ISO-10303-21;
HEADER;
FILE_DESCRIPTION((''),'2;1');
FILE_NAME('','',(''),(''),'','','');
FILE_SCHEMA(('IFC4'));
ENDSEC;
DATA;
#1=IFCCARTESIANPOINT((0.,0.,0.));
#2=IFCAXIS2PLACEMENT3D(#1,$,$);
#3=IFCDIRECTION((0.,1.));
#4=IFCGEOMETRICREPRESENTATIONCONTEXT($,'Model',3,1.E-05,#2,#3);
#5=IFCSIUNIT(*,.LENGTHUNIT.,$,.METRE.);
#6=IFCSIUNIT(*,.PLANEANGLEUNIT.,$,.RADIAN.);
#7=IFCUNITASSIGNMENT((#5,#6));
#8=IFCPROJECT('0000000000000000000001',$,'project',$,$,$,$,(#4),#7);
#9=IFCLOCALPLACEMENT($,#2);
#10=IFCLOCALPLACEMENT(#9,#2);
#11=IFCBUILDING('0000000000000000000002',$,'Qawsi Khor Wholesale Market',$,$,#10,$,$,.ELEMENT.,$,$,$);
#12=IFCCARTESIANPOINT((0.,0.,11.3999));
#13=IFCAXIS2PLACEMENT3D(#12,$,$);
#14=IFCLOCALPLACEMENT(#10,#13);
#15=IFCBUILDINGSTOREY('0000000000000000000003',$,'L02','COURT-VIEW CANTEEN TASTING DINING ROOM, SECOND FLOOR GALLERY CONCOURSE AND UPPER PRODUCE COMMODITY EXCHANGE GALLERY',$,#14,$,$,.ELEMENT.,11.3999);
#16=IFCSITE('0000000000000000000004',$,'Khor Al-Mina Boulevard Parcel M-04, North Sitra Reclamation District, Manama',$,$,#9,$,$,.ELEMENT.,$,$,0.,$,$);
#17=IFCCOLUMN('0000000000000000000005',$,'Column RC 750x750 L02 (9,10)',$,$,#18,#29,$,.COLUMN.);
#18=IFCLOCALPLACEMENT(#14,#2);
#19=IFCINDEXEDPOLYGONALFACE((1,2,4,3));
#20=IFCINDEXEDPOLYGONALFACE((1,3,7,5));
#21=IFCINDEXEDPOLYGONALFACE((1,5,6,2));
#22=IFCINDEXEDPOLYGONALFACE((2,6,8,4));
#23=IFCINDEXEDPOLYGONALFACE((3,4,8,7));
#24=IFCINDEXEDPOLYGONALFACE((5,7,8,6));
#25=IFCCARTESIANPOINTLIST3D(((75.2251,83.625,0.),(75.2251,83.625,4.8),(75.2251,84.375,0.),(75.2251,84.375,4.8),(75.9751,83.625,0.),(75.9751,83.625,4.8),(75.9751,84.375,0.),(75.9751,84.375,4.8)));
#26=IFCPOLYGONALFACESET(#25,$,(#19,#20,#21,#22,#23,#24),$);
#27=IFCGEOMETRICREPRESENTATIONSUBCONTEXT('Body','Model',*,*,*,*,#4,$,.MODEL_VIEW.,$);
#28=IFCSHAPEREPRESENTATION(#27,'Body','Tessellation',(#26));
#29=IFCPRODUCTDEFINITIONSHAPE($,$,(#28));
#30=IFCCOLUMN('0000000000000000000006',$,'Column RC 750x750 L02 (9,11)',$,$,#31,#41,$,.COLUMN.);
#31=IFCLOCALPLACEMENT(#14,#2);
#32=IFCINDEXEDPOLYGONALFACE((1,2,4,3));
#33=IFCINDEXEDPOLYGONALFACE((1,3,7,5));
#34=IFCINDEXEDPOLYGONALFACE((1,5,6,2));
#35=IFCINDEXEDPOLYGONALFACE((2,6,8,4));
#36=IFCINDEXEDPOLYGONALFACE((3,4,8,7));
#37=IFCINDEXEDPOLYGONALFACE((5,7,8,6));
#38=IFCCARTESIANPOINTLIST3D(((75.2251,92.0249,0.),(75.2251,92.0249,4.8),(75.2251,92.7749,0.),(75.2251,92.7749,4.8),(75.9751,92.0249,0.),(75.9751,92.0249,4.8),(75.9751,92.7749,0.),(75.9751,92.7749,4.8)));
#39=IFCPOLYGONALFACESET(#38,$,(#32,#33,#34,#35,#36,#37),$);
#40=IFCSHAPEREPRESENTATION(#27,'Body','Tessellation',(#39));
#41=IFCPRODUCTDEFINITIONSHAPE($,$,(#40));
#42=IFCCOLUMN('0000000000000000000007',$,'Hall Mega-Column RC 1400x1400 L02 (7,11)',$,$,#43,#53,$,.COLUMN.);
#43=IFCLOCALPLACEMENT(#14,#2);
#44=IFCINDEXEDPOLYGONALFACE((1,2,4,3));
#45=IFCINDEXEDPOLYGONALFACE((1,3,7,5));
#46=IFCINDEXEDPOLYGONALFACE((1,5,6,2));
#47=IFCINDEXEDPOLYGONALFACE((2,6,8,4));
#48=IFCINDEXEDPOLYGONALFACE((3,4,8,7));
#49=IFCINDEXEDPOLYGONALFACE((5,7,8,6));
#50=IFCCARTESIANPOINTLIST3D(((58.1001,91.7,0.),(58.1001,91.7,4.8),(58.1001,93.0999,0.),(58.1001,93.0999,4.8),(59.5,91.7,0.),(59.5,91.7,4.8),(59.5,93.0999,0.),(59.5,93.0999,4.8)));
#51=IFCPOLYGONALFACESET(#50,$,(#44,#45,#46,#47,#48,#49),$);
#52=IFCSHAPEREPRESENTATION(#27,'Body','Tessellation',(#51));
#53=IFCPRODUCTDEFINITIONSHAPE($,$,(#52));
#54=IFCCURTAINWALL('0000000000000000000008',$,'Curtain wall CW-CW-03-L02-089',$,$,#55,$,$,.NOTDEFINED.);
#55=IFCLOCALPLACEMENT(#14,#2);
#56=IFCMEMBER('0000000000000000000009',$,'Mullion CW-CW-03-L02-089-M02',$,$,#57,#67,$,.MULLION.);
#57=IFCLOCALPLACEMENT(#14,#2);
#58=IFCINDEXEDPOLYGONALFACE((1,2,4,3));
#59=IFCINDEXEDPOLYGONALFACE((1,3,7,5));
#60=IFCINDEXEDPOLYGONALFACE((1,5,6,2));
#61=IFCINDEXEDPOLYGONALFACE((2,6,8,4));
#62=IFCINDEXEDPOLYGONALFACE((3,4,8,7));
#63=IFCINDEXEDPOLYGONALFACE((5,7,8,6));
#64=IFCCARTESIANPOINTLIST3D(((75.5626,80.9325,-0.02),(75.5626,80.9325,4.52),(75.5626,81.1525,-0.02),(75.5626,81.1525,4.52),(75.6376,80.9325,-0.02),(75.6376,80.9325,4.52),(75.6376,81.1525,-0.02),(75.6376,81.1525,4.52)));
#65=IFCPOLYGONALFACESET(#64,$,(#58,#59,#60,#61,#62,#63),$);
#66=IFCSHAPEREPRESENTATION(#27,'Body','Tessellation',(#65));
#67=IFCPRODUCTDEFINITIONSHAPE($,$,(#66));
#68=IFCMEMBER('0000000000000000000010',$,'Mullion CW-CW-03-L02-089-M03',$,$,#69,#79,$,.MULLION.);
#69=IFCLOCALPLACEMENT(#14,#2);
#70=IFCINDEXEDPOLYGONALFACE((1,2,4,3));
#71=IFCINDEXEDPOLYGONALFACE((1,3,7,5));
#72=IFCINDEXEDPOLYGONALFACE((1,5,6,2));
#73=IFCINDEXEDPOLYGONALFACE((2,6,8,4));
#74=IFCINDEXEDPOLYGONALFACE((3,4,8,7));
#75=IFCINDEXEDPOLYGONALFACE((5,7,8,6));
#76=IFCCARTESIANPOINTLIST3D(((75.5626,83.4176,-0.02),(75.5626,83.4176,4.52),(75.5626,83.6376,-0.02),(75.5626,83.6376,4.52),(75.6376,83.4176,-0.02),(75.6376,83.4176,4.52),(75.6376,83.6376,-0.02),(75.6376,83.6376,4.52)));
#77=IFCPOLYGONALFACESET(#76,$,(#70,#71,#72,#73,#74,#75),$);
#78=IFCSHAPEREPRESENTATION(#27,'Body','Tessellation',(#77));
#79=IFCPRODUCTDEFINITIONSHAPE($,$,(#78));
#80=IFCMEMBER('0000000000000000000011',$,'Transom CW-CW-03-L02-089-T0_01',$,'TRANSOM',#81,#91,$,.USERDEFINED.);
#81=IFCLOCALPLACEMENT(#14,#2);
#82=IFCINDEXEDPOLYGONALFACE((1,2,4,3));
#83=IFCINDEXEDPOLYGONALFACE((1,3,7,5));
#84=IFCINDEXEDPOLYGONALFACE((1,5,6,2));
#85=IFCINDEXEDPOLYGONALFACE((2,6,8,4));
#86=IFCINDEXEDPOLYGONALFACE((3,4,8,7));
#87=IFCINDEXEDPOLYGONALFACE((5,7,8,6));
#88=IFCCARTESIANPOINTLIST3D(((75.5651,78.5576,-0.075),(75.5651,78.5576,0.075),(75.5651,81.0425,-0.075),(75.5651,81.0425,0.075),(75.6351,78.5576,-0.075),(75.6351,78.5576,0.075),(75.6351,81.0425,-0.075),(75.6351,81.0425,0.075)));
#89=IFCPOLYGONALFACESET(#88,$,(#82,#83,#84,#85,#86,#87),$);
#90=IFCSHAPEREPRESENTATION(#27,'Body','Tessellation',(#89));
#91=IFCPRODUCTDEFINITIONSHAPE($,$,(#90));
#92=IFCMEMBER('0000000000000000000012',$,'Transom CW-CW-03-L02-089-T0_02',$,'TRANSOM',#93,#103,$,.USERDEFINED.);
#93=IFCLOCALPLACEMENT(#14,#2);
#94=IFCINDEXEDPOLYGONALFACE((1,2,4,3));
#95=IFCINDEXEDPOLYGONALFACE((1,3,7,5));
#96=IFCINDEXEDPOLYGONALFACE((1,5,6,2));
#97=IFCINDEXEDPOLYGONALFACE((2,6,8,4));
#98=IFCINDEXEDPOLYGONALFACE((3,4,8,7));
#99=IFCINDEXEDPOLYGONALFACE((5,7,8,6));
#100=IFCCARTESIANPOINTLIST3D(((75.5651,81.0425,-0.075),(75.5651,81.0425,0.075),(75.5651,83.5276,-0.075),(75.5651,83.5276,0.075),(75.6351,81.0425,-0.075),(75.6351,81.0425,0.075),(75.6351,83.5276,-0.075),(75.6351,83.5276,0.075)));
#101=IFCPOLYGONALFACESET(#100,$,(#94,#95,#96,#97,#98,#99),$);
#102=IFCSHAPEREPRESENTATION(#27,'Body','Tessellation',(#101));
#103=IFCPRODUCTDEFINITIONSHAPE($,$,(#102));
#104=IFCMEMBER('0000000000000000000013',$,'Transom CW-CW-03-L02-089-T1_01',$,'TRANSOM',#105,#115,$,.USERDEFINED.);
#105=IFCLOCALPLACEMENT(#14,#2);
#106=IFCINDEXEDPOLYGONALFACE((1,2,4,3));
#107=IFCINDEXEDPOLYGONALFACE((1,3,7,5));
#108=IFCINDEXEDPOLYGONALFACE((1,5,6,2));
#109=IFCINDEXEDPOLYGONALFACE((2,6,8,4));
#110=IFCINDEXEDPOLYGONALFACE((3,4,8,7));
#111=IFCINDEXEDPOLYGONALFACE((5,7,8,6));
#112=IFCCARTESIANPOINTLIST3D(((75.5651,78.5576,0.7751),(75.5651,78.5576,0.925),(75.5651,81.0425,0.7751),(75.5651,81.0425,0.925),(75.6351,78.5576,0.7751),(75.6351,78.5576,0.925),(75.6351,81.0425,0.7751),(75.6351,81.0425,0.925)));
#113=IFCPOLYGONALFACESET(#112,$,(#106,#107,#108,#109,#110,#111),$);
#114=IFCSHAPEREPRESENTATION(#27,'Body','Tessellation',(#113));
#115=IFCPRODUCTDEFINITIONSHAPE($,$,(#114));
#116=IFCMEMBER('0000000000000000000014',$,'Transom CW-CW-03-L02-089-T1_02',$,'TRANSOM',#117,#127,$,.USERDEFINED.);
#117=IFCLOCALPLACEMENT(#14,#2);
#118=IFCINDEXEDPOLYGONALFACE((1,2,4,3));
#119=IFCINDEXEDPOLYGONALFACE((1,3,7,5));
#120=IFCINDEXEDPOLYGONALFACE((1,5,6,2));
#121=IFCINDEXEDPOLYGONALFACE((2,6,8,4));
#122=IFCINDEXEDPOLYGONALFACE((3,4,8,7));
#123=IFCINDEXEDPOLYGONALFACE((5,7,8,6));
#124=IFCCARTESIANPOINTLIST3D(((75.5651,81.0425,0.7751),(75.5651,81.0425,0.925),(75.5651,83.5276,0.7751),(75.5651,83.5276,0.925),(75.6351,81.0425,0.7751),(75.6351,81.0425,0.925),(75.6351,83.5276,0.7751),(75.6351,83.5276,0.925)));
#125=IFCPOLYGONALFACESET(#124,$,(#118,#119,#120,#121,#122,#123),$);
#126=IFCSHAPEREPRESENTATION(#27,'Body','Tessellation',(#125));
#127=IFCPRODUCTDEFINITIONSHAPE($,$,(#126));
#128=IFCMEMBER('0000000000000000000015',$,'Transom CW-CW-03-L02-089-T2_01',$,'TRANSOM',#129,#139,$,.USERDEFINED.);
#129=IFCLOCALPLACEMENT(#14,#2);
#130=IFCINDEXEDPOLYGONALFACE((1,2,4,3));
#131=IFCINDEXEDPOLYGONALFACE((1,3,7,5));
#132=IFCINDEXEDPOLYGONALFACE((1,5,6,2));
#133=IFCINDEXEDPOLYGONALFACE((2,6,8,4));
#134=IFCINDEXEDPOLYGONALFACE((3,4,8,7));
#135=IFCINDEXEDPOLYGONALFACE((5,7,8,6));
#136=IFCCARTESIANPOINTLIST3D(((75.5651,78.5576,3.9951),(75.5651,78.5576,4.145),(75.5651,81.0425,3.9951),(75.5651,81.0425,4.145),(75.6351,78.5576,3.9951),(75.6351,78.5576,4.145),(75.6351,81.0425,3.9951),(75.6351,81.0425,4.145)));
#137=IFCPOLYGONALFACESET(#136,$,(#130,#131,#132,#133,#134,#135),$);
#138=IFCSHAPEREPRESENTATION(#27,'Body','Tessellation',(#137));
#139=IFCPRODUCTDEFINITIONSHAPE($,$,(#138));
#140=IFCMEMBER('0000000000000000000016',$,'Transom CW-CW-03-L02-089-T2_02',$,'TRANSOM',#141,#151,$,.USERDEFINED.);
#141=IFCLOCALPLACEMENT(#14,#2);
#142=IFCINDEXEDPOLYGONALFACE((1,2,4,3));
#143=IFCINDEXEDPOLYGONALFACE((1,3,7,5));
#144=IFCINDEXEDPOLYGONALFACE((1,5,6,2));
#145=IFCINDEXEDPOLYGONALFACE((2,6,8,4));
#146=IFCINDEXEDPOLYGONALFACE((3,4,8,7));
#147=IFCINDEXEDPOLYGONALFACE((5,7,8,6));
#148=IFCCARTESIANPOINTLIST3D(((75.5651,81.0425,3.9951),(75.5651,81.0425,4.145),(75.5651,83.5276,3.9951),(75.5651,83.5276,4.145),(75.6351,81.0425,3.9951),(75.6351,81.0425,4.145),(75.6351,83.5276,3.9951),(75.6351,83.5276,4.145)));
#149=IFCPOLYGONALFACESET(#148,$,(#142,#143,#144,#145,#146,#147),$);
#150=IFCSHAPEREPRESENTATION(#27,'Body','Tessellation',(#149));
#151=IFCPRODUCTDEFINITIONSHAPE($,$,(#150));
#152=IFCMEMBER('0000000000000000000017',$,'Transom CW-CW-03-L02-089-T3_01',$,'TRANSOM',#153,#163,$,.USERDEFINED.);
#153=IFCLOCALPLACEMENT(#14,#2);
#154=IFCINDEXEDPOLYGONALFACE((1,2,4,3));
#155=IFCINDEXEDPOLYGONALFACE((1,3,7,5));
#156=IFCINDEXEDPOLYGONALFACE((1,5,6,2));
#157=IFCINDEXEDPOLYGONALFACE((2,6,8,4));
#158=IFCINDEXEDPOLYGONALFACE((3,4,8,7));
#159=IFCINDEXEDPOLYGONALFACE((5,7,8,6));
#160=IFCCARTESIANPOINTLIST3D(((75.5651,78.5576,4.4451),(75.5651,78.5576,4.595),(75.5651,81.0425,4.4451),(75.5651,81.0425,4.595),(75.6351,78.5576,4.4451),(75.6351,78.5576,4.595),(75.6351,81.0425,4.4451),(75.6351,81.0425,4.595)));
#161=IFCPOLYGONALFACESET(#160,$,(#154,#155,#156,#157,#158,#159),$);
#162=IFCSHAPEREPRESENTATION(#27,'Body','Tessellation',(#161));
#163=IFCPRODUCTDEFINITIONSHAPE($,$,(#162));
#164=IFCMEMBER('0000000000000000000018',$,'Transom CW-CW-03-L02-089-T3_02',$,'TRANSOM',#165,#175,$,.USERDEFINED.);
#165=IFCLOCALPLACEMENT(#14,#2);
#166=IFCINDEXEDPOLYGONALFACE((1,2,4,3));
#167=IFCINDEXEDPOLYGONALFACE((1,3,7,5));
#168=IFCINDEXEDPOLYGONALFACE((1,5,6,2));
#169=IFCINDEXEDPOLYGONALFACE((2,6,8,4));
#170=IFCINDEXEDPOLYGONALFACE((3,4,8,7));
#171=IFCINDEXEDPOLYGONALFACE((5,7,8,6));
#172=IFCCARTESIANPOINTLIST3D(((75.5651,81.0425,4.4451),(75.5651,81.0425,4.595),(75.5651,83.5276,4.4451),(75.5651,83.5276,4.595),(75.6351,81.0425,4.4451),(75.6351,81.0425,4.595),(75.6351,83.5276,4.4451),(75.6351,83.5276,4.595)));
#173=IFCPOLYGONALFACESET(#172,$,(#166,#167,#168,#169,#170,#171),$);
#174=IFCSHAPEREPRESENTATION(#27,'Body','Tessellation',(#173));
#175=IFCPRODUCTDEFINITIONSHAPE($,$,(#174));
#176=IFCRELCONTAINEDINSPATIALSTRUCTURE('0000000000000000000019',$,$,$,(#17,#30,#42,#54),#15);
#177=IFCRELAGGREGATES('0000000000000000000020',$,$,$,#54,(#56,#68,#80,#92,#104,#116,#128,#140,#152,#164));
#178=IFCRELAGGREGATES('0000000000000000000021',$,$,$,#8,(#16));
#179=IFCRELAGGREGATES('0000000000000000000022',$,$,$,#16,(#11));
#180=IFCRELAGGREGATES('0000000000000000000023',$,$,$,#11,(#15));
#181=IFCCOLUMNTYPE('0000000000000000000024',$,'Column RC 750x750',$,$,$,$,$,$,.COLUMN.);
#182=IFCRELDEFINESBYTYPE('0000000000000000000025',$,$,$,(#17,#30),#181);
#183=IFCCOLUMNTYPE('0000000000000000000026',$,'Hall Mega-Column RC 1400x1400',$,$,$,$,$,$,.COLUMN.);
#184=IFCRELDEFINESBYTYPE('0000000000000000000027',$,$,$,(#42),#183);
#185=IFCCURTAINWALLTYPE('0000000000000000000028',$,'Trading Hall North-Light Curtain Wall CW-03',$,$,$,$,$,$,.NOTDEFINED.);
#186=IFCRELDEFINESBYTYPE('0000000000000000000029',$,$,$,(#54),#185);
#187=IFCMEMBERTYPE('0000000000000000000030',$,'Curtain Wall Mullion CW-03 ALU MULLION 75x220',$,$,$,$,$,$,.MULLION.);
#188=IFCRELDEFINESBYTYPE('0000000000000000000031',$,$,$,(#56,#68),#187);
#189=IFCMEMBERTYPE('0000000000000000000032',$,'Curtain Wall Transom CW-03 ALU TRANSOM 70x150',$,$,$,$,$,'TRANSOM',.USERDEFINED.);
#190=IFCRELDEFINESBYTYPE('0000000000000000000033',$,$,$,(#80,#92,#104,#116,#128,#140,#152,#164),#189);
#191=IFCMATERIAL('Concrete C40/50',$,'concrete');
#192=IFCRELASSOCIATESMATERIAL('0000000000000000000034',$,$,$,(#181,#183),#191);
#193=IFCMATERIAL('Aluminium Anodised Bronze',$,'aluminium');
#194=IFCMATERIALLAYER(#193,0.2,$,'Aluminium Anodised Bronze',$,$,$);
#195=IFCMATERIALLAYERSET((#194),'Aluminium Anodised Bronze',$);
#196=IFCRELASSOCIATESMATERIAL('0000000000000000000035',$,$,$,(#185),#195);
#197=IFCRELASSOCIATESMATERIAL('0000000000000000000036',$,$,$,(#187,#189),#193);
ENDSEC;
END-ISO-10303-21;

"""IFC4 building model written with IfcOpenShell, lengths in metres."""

from ifc_helpers import new_model, si_unit, direction, frame, origin, origin_2d, place, context, subcontext, project, spatial, rectangle, extrude, material, layer, layer_set, material_profile, profile_set, type_object, element, aggregate, save


model = new_model("IFC4")

# Units and contexts
model_context = context("Model", 3, precision=1e-05, world=origin(), true_north=direction((0.0, 1.0)))
body_context = subcontext(model_context, "Body", "Model", "MODEL_VIEW")
ifc_project = project(units=[si_unit("LENGTHUNIT", "METRE"), si_unit("PLANEANGLEUNIT", "RADIAN")], contexts=[model_context])

# Site, building, storey
site_placement = place(None, origin())
site = spatial("IfcSite", under=ifc_project, at=site_placement, Name="Khor Al-Mina Boulevard Parcel M-04, North Sitra Reclamation District, Manama", CompositionType="ELEMENT", RefElevation=0.0)
building_placement = place(site_placement, origin())
building = spatial("IfcBuilding", under=site, at=building_placement, Name="Qawsi Khor Wholesale Market", CompositionType="ELEMENT")
storey_placement = place(building_placement, frame((0.0, 0.0, 11.3999)))
storey = spatial("IfcBuildingStorey", under=building, at=storey_placement, Name="L02", Description="COURT-VIEW CANTEEN TASTING DINING ROOM, SECOND FLOOR GALLERY CONCOURSE AND UPPER PRODUCE COMMODITY EXCHANGE GALLERY", CompositionType="ELEMENT", Elevation=11.3999)

# Columns
ifc_material_1 = material(Name="Concrete C40/50", Category="concrete")
ifc_material_profile_1 = material_profile(ifc_material_1, rectangle(XDim=0.75, YDim=0.75, at=origin_2d()), Name="RC 750x750")
ifc_profile_set_1 = profile_set([ifc_material_profile_1], Name="Concrete C40/50")
column_type_1 = type_object("IfcColumnType", Name="Column RC 750x750", PredefinedType="COLUMN", material=ifc_profile_set_1)
for number, where, z_axis, x_axis, name in (
    (1, (75.6001, 84.0, 0.0), (0.0, 0.0, 1.0), (1.0, 0.0, 0.0), "Column RC 750x750 L02 (9,10)"),
    (2, (75.6001, 92.3999, 0.0), (0.0, 0.0, 1.0), (1.0, 0.0, 0.0), "Column RC 750x750 L02 (9,11)"),
):
    element("IfcColumn", number, at=place(storey_placement, frame(where, z_axis=z_axis, x_axis=x_axis)), inside=storey, type_object=column_type_1, Name=name, PredefinedType="COLUMN", context=body_context, shape_type="SweptSolid", body=[
        extrude(rectangle(XDim=0.75, YDim=0.75, at=origin_2d()), origin(), (0.0, 0.0, 1.0), 4.8),
    ])
ifc_material_profile_2 = material_profile(ifc_material_1, rectangle(XDim=1.3999, YDim=1.3999, at=origin_2d()), Name="RC 1400x1400")
ifc_profile_set_2 = profile_set([ifc_material_profile_2], Name="Concrete C40/50")
column_type_2 = type_object("IfcColumnType", Name="Hall Mega-Column RC 1400x1400", PredefinedType="COLUMN", material=ifc_profile_set_2)
column_placement = place(storey_placement, frame((58.8, 92.3999, 0.0), z_axis=(0.0, 0.0, 1.0), x_axis=(1.0, 0.0, 0.0)))
element("IfcColumn", 3, at=column_placement, inside=storey, type_object=column_type_2, Name="Hall Mega-Column RC 1400x1400 L02 (7,11)", PredefinedType="COLUMN", context=body_context, shape_type="SweptSolid", body=[
    extrude(rectangle(XDim=1.3999, YDim=1.3999, at=origin_2d()), origin(), (0.0, 0.0, 1.0), 4.8),
])

# Curtain wall, members
ifc_material_2 = material(Name="Aluminium Anodised Bronze", Category="aluminium")
ifc_layer_1 = layer(ifc_material_2, 0.2, Name="Aluminium Anodised Bronze")
ifc_layer_set_1 = layer_set([ifc_layer_1], Name="Aluminium Anodised Bronze")
curtain_wall_type = type_object("IfcCurtainWallType", Name="Trading Hall North-Light Curtain Wall CW-03", PredefinedType="NOTDEFINED", material=ifc_layer_set_1)
curtain_wall_placement = place(storey_placement, origin())
curtain_wall = element("IfcCurtainWall", 4, at=curtain_wall_placement, inside=storey, type_object=curtain_wall_type, Name="Curtain wall CW-CW-03-L02-089", PredefinedType="NOTDEFINED")
ifc_material_profile_3 = material_profile(ifc_material_2, rectangle(XDim=0.075, YDim=0.22, at=origin_2d()), Name="ALU MULLION 75x220")
ifc_profile_set_3 = profile_set([ifc_material_profile_3], Name="Aluminium Anodised Bronze")
member_type_1 = type_object("IfcMemberType", Name="Curtain Wall Mullion CW-03 ALU MULLION 75x220", PredefinedType="MULLION", material=ifc_profile_set_3)
member_1_placement = place(storey_placement, frame((75.6001, 81.0425, -0.02), z_axis=(0.0, 0.0, 1.0), x_axis=(1.0, 0.0, 0.0)))
member_1 = element("IfcMember", 5, at=member_1_placement, type_object=member_type_1, Name="Mullion CW-CW-03-L02-089-M02", PredefinedType="MULLION", context=body_context, shape_type="SweptSolid", body=[
    extrude(rectangle(XDim=0.075, YDim=0.22, at=origin_2d()), origin(), (0.0, 0.0, 1.0), 4.54),
])
member_2_placement = place(storey_placement, frame((75.6001, 83.5276, -0.02), z_axis=(0.0, 0.0, 1.0), x_axis=(1.0, 0.0, 0.0)))
member_2 = element("IfcMember", 6, at=member_2_placement, type_object=member_type_1, Name="Mullion CW-CW-03-L02-089-M03", PredefinedType="MULLION", context=body_context, shape_type="SweptSolid", body=[
    extrude(rectangle(XDim=0.075, YDim=0.22, at=origin_2d()), origin(), (0.0, 0.0, 1.0), 4.54),
])
ifc_material_profile_4 = material_profile(ifc_material_2, rectangle(XDim=0.0701, YDim=0.1499, at=origin_2d()), Name="ALU TRANSOM 70x150")
ifc_profile_set_4 = profile_set([ifc_material_profile_4], Name="Aluminium Anodised Bronze")
member_type_2 = type_object("IfcMemberType", Name="Curtain Wall Transom CW-03 ALU TRANSOM 70x150", ElementType="TRANSOM", PredefinedType="USERDEFINED", material=ifc_profile_set_4)
member_3_placement = place(storey_placement, frame((75.6001, 78.5576, 0.0), z_axis=(0.0, 1.0, 0.0), x_axis=(-1.0, 0.0, 0.0)))
member_3 = element("IfcMember", 7, at=member_3_placement, type_object=member_type_2, Name="Transom CW-CW-03-L02-089-T0_01", ObjectType="TRANSOM", PredefinedType="USERDEFINED", context=body_context, shape_type="SweptSolid", body=[
    extrude(rectangle(XDim=0.0701, YDim=0.1499, at=origin_2d()), origin(), (0.0, 0.0, 1.0), 2.4849),
])
member_4_placement = place(storey_placement, frame((75.6001, 81.0425, 0.0), z_axis=(0.0, 1.0, 0.0), x_axis=(-1.0, 0.0, 0.0)))
member_4 = element("IfcMember", 8, at=member_4_placement, type_object=member_type_2, Name="Transom CW-CW-03-L02-089-T0_02", ObjectType="TRANSOM", PredefinedType="USERDEFINED", context=body_context, shape_type="SweptSolid", body=[
    extrude(rectangle(XDim=0.0701, YDim=0.1499, at=origin_2d()), origin(), (0.0, 0.0, 1.0), 2.4851),
])
member_5_placement = place(storey_placement, frame((75.6001, 78.5576, 0.8501), z_axis=(0.0, 1.0, 0.0), x_axis=(-1.0, 0.0, 0.0)))
member_5 = element("IfcMember", 9, at=member_5_placement, type_object=member_type_2, Name="Transom CW-CW-03-L02-089-T1_01", ObjectType="TRANSOM", PredefinedType="USERDEFINED", context=body_context, shape_type="SweptSolid", body=[
    extrude(rectangle(XDim=0.0701, YDim=0.1499, at=origin_2d()), origin(), (0.0, 0.0, 1.0), 2.4849),
])
member_6_placement = place(storey_placement, frame((75.6001, 81.0425, 0.8501), z_axis=(0.0, 1.0, 0.0), x_axis=(-1.0, 0.0, 0.0)))
member_6 = element("IfcMember", 10, at=member_6_placement, type_object=member_type_2, Name="Transom CW-CW-03-L02-089-T1_02", ObjectType="TRANSOM", PredefinedType="USERDEFINED", context=body_context, shape_type="SweptSolid", body=[
    extrude(rectangle(XDim=0.0701, YDim=0.1499, at=origin_2d()), origin(), (0.0, 0.0, 1.0), 2.4851),
])
member_7_placement = place(storey_placement, frame((75.6001, 78.5576, 4.0701), z_axis=(0.0, 1.0, 0.0), x_axis=(-1.0, 0.0, 0.0)))
member_7 = element("IfcMember", 11, at=member_7_placement, type_object=member_type_2, Name="Transom CW-CW-03-L02-089-T2_01", ObjectType="TRANSOM", PredefinedType="USERDEFINED", context=body_context, shape_type="SweptSolid", body=[
    extrude(rectangle(XDim=0.0701, YDim=0.1499, at=origin_2d()), origin(), (0.0, 0.0, 1.0), 2.4849),
])
member_8_placement = place(storey_placement, frame((75.6001, 81.0425, 4.0701), z_axis=(0.0, 1.0, 0.0), x_axis=(-1.0, 0.0, 0.0)))
member_8 = element("IfcMember", 12, at=member_8_placement, type_object=member_type_2, Name="Transom CW-CW-03-L02-089-T2_02", ObjectType="TRANSOM", PredefinedType="USERDEFINED", context=body_context, shape_type="SweptSolid", body=[
    extrude(rectangle(XDim=0.0701, YDim=0.1499, at=origin_2d()), origin(), (0.0, 0.0, 1.0), 2.4851),
])
member_9_placement = place(storey_placement, frame((75.6001, 78.5576, 4.52), z_axis=(0.0, 1.0, 0.0), x_axis=(-1.0, 0.0, 0.0)))
member_9 = element("IfcMember", 13, at=member_9_placement, type_object=member_type_2, Name="Transom CW-CW-03-L02-089-T3_01", ObjectType="TRANSOM", PredefinedType="USERDEFINED", context=body_context, shape_type="SweptSolid", body=[
    extrude(rectangle(XDim=0.0701, YDim=0.1499, at=origin_2d()), origin(), (0.0, 0.0, 1.0), 2.4849),
])
member_10_placement = place(storey_placement, frame((75.6001, 81.0425, 4.52), z_axis=(0.0, 1.0, 0.0), x_axis=(-1.0, 0.0, 0.0)))
member_10 = element("IfcMember", 14, at=member_10_placement, type_object=member_type_2, Name="Transom CW-CW-03-L02-089-T3_02", ObjectType="TRANSOM", PredefinedType="USERDEFINED", context=body_context, shape_type="SweptSolid", body=[
    extrude(rectangle(XDim=0.0701, YDim=0.1499, at=origin_2d()), origin(), (0.0, 0.0, 1.0), 2.4851),
])

aggregate(curtain_wall, [member_1, member_2, member_3, member_4, member_5, member_6, member_7, member_8, member_9, member_10])

save(model, "model.ifc")
